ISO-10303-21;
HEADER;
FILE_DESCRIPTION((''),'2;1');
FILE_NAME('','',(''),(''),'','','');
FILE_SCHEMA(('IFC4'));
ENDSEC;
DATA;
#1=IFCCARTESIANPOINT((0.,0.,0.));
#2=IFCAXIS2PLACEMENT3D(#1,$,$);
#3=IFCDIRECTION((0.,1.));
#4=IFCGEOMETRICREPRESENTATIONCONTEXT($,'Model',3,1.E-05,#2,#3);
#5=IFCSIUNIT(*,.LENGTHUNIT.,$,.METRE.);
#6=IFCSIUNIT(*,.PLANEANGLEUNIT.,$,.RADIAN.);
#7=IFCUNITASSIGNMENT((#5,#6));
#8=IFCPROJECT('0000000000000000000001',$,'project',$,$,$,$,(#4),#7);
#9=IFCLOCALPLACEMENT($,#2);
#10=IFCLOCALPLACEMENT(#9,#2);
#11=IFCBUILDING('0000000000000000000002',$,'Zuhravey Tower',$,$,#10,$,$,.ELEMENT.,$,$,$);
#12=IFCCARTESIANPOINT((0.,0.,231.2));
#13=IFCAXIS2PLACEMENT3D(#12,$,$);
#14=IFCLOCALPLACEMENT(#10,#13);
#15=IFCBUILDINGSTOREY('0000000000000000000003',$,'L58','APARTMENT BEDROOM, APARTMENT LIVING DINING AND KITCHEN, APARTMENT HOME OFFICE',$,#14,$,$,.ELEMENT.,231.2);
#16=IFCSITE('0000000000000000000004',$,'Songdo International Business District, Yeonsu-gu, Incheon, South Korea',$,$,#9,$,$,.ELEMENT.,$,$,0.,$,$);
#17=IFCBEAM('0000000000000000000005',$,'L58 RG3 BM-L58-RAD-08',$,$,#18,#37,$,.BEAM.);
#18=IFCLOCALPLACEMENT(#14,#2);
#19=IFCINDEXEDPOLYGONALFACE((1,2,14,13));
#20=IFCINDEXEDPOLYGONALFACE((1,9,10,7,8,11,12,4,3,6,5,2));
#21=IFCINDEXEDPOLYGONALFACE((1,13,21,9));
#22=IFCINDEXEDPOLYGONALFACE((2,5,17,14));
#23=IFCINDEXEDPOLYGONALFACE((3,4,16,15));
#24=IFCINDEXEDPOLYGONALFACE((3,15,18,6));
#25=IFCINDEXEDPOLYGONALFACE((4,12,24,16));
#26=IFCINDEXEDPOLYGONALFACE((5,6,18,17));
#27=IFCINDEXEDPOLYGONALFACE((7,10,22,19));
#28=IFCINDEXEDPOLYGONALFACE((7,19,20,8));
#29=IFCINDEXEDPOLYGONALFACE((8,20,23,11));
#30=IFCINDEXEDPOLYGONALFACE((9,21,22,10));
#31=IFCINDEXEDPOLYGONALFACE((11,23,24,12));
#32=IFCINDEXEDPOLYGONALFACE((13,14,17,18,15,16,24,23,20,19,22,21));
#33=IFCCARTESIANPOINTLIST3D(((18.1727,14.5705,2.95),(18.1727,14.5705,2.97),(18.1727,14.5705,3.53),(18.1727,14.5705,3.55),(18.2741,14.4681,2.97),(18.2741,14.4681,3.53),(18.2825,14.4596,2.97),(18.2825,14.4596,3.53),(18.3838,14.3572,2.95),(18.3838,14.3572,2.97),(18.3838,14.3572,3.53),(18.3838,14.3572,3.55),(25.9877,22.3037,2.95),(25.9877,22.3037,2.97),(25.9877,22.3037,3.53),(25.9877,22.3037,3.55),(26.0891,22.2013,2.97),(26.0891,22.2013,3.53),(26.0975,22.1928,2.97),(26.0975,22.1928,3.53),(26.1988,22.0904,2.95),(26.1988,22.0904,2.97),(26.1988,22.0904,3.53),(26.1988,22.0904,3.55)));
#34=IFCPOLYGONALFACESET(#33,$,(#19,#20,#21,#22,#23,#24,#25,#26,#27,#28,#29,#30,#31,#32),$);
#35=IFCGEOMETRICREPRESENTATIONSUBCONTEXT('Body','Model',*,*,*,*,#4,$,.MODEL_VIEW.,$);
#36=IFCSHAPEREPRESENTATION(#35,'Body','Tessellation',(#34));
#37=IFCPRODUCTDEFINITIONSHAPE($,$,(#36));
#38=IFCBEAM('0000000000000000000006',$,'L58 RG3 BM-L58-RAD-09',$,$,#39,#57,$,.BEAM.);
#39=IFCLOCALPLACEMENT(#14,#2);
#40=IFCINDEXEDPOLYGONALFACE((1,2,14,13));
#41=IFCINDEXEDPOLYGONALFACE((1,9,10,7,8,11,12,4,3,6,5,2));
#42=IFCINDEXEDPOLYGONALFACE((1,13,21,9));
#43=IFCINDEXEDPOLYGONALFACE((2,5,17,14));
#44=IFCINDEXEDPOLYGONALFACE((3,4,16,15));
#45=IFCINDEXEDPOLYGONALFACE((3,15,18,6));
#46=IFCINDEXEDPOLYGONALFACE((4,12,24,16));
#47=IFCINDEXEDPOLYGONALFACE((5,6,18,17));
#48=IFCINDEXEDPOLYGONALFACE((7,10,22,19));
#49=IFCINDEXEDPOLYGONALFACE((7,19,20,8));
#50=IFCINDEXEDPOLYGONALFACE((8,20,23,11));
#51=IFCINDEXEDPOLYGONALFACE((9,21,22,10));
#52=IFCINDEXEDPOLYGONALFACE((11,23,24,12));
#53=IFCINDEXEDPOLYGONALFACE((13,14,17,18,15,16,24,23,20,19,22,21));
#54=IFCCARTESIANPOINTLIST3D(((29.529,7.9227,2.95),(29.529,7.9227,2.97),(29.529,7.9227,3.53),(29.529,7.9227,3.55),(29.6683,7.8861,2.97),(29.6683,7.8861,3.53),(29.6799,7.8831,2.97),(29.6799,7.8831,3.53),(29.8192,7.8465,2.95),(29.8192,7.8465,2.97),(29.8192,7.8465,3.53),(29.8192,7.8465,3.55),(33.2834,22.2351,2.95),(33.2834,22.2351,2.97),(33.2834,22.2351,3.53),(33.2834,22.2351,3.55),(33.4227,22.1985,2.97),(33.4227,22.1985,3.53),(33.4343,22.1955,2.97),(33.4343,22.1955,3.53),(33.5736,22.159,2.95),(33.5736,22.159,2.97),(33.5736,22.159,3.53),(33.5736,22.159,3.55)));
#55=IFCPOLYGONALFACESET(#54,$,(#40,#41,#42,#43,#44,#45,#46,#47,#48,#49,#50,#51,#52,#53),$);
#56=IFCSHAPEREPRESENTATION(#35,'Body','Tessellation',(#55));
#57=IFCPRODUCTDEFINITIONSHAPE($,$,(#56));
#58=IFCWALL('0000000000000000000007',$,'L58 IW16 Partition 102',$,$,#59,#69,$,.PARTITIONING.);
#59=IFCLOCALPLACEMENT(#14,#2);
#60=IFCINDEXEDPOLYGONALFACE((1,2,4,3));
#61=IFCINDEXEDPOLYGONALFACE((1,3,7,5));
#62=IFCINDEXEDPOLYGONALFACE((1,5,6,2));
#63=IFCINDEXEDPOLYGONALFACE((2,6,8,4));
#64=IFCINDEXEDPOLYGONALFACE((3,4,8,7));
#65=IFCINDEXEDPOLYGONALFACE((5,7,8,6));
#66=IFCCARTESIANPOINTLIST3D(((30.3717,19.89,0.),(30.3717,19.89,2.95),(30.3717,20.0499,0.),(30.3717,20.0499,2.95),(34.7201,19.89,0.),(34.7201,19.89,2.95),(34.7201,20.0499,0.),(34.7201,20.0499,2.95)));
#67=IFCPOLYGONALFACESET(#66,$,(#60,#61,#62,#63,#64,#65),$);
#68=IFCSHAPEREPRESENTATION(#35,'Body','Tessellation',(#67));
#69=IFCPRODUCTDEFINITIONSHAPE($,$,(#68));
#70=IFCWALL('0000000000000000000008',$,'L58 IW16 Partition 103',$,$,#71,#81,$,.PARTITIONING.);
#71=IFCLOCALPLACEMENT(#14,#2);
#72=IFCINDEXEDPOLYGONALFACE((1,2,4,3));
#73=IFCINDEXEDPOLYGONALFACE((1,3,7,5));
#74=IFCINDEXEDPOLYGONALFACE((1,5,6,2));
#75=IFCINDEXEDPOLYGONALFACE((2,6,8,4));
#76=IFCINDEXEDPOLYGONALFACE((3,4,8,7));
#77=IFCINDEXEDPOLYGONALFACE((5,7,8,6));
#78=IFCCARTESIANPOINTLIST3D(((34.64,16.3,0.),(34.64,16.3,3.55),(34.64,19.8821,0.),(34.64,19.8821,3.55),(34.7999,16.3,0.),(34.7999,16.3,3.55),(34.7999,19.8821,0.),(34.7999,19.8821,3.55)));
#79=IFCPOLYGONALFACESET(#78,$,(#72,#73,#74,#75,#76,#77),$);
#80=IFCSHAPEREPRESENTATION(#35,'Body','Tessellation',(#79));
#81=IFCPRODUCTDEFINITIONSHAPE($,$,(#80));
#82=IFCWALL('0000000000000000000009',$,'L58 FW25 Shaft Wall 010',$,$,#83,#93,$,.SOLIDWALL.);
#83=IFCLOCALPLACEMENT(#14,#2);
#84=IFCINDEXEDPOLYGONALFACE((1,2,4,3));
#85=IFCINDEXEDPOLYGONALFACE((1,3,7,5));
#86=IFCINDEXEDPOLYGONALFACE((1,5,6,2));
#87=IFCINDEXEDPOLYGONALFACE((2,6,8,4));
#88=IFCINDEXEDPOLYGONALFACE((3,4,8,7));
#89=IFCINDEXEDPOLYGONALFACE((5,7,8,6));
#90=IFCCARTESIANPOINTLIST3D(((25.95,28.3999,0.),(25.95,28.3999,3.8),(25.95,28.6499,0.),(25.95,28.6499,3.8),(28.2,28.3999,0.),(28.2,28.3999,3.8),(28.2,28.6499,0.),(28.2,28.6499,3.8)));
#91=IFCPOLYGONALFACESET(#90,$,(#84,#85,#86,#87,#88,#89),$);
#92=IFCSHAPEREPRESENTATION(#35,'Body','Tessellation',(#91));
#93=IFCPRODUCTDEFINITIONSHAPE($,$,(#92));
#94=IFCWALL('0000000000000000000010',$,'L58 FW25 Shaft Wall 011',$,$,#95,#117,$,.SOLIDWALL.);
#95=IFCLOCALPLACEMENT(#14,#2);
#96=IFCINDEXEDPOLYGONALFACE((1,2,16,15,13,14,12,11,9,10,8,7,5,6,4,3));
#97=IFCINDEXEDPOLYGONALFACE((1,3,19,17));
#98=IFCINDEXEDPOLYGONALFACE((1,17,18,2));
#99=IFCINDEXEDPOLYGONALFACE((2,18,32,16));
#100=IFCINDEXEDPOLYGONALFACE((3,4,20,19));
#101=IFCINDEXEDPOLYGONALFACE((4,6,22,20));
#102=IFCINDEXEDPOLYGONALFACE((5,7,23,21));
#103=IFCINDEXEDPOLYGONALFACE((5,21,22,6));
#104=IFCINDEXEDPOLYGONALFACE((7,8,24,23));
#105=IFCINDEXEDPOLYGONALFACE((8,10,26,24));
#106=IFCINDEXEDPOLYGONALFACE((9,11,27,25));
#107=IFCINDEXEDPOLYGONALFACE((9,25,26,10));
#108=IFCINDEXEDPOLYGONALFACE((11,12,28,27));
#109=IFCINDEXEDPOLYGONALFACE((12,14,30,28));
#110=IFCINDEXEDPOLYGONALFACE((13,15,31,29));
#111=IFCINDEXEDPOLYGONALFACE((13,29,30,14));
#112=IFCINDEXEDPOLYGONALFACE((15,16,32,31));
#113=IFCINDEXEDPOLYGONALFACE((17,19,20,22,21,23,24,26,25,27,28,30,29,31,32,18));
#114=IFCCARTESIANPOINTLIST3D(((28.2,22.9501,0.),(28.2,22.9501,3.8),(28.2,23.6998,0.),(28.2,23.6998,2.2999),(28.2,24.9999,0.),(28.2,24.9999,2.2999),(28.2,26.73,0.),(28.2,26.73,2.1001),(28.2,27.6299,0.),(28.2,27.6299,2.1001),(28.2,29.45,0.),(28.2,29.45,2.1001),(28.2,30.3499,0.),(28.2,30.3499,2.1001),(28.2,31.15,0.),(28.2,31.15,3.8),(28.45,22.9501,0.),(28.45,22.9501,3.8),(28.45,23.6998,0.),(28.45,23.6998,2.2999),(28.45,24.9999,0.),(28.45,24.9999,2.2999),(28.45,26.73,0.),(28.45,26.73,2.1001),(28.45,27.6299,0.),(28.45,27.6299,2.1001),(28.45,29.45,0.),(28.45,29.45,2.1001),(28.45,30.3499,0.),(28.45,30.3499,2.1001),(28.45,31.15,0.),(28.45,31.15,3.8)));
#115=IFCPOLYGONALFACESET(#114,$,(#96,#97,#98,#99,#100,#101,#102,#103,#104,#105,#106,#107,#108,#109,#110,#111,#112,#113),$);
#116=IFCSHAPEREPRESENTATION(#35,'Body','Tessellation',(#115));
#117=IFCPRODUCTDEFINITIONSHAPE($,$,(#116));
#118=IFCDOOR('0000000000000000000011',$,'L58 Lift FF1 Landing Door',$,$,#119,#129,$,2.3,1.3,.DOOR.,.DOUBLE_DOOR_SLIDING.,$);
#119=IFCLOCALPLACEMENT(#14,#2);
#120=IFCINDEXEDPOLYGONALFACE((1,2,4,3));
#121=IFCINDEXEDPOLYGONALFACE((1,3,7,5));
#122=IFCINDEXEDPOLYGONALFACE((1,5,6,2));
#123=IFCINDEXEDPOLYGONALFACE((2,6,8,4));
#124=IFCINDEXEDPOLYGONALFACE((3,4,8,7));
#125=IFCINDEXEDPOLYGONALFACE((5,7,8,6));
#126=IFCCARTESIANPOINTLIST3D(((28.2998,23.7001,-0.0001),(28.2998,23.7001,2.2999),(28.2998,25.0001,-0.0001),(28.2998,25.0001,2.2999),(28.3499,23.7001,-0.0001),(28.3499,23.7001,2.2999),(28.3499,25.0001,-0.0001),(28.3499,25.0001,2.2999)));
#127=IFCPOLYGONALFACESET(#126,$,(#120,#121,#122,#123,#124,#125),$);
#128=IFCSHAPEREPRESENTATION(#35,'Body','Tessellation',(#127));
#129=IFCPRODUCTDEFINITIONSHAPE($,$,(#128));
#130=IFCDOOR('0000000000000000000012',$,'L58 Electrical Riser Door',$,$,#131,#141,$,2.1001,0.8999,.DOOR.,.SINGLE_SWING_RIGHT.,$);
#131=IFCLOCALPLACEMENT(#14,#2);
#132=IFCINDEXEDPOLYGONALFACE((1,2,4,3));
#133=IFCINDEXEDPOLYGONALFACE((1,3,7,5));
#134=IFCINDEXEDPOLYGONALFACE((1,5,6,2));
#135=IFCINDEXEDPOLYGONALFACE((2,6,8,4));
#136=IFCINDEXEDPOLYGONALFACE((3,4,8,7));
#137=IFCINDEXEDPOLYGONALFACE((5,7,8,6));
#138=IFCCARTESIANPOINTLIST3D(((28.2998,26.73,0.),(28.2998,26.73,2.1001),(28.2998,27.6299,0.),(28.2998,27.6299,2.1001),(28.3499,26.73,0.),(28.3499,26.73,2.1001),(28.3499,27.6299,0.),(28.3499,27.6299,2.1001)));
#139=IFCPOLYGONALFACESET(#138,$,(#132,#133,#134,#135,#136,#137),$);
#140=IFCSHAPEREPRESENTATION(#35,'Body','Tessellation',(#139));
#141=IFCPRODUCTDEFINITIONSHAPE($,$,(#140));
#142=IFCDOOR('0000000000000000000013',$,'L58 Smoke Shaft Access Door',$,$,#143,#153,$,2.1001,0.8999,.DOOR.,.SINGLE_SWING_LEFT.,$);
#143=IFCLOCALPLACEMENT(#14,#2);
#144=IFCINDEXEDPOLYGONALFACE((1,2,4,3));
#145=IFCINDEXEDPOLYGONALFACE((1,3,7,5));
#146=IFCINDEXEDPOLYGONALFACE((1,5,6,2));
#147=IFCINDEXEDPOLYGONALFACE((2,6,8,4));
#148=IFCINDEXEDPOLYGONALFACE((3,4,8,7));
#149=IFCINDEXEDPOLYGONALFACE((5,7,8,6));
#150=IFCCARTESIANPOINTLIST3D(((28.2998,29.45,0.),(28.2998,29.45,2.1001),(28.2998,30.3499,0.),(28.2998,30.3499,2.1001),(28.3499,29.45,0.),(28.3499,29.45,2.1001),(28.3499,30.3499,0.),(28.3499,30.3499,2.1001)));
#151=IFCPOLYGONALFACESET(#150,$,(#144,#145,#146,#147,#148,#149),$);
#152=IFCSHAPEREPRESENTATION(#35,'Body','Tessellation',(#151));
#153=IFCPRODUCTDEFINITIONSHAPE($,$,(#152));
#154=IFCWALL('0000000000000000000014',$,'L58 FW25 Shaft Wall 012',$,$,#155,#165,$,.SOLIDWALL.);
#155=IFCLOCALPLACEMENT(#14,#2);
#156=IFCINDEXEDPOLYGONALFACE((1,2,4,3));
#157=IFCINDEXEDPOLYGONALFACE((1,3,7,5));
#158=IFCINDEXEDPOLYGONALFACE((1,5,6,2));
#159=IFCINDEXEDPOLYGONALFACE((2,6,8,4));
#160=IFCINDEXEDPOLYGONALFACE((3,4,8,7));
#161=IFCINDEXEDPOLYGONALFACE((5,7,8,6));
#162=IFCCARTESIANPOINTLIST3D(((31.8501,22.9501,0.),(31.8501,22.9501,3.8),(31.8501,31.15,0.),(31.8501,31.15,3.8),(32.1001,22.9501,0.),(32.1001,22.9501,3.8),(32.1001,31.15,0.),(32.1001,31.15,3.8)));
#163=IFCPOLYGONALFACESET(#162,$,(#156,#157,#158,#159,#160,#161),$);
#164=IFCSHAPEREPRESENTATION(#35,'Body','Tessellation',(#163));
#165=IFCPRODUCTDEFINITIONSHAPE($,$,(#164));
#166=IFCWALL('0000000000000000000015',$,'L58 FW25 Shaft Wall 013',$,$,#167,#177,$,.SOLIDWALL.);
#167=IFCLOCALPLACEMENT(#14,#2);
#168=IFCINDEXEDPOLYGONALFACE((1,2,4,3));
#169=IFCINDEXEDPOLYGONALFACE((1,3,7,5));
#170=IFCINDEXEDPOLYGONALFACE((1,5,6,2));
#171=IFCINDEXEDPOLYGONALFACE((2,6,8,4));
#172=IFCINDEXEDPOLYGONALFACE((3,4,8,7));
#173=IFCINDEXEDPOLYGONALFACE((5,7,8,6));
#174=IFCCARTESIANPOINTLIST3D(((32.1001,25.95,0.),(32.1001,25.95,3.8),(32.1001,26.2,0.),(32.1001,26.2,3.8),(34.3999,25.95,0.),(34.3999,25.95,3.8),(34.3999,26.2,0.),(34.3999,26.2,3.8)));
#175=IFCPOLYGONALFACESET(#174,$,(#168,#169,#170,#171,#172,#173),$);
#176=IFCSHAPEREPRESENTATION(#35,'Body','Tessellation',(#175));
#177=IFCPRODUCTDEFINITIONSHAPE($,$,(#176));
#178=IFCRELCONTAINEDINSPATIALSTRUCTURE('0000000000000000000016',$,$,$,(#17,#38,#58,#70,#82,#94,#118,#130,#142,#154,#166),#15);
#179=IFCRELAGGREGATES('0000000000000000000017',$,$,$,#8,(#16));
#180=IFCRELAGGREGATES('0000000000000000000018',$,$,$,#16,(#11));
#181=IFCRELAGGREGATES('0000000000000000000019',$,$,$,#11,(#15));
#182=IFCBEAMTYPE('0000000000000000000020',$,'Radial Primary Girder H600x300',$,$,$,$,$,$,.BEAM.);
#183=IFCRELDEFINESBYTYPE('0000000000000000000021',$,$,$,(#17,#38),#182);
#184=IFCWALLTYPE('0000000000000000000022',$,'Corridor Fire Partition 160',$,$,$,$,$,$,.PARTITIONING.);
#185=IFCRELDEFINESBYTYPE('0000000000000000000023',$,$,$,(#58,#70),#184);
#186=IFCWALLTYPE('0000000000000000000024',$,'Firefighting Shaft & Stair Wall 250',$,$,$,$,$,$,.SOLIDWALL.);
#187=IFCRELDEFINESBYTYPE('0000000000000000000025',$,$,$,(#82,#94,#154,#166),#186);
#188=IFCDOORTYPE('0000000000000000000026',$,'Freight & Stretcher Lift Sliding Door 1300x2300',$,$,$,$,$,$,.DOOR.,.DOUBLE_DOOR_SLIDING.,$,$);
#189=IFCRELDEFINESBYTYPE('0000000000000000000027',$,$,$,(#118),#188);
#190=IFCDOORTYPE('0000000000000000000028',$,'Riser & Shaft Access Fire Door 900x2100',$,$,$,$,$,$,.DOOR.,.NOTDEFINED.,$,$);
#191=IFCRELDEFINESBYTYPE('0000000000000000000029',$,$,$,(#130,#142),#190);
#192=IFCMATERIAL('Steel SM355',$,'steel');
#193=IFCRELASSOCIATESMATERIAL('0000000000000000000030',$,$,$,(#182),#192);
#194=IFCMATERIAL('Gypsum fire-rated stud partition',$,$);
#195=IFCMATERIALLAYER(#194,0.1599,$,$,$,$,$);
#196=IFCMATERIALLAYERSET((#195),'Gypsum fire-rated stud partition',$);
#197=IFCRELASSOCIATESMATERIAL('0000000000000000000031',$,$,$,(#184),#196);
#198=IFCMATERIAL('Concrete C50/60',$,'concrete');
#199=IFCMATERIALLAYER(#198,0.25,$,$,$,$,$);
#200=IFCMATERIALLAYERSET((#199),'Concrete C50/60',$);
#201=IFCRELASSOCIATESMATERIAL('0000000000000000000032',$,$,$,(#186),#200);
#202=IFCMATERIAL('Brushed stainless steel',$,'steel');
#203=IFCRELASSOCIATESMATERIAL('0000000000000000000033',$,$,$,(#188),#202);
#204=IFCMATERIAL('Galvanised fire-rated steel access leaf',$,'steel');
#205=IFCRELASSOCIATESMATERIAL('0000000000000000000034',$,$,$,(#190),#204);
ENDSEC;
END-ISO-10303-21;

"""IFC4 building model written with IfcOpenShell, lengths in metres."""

from ifc_helpers import new_model, si_unit, direction, frame, frame_2d, origin, origin_2d, place, context, subcontext, project, spatial, rectangle, i_section, extrude, material, layer, layer_set, material_profile, profile_set, type_object, element, fill, save


model = new_model("IFC4")

# Units and contexts
model_context = context("Model", 3, precision=1e-05, world=origin(), true_north=direction((0.0, 1.0)))
body_context = subcontext(model_context, "Body", "Model", "MODEL_VIEW")
ifc_project = project(units=[si_unit("LENGTHUNIT", "METRE"), si_unit("PLANEANGLEUNIT", "RADIAN")], contexts=[model_context])

# Site, building, storey
site_placement = place(None, origin())
site = spatial("IfcSite", under=ifc_project, at=site_placement, Name="Songdo International Business District, Yeonsu-gu, Incheon, South Korea", CompositionType="ELEMENT", RefElevation=0.0)
building_placement = place(site_placement, origin())
building = spatial("IfcBuilding", under=site, at=building_placement, Name="Zuhravey Tower", CompositionType="ELEMENT")
storey_placement = place(building_placement, frame((0.0, 0.0, 231.2)))
storey = spatial("IfcBuildingStorey", under=building, at=storey_placement, Name="L58", Description="APARTMENT BEDROOM, APARTMENT LIVING DINING AND KITCHEN, APARTMENT HOME OFFICE", CompositionType="ELEMENT", Elevation=231.2)

# Beams
ifc_material_1 = material(Name="Steel SM355", Category="steel")
ifc_material_profile = material_profile(ifc_material_1, i_section(OverallWidth=0.3, OverallDepth=0.6001, WebThickness=0.012, FlangeThickness=0.02, at=origin_2d()), Name="H-600x300x12x20")
ifc_profile_set = profile_set([ifc_material_profile], Name="Steel SM355")
beam_type = type_object("IfcBeamType", Name="Radial Primary Girder H600x300", PredefinedType="BEAM", material=ifc_profile_set)
beam_1_placement = place(storey_placement, frame((26.0933, 22.197, 3.25), z_axis=(-0.710817, -0.703377, 0.0), x_axis=(0.703377, -0.710817, 0.0)))
element("IfcBeam", 1, at=beam_1_placement, inside=storey, type_object=beam_type, Name="L58 RG3 BM-L58-RAD-08", PredefinedType="BEAM", context=body_context, shape_type="SweptSolid", body=[
    extrude(i_section(OverallWidth=0.3, OverallDepth=0.6001, WebThickness=0.012, FlangeThickness=0.02, at=origin_2d()), origin(), (0.0, 0.0, 1.0), 10.9944),
])
beam_2_placement = place(storey_placement, frame((33.4285, 22.197, 3.25), z_axis=(-0.253731, -0.967275, 0.0), x_axis=(0.967275, -0.253731, 0.0)))
element("IfcBeam", 2, at=beam_2_placement, inside=storey, type_object=beam_type, Name="L58 RG3 BM-L58-RAD-09", PredefinedType="BEAM", context=body_context, shape_type="SweptSolid", body=[
    extrude(i_section(OverallWidth=0.3, OverallDepth=0.6001, WebThickness=0.012, FlangeThickness=0.02, at=origin_2d()), origin(), (0.0, 0.0, 1.0), 14.7966),
])

# Walls
ifc_material_2 = material(Name="Gypsum fire-rated stud partition")
ifc_layer_1 = layer(ifc_material_2, 0.1599)
ifc_layer_set_1 = layer_set([ifc_layer_1], Name="Gypsum fire-rated stud partition")
wall_type_1 = type_object("IfcWallType", Name="Corridor Fire Partition 160", PredefinedType="PARTITIONING", material=ifc_layer_set_1)
wall_1_placement = place(storey_placement, frame((30.3716, 19.97, 0.0), z_axis=(0.0, 0.0, 1.0), x_axis=(1.0, 0.0, 0.0)))
element("IfcWall", 3, at=wall_1_placement, inside=storey, type_object=wall_type_1, Name="L58 IW16 Partition 102", PredefinedType="PARTITIONING", context=body_context, shape_type="SweptSolid", body=[
    extrude(rectangle(XDim=4.3484, YDim=0.1599, at=frame_2d((2.1743, 0.0))), origin(), (0.0, 0.0, 1.0), 2.95),
])
wall_2_placement = place(storey_placement, frame((34.72, 19.8821, 0.0), z_axis=(0.0, 0.0, 1.0), x_axis=(0.0, -1.0, 0.0)))
element("IfcWall", 4, at=wall_2_placement, inside=storey, type_object=wall_type_1, Name="L58 IW16 Partition 103", PredefinedType="PARTITIONING", context=body_context, shape_type="SweptSolid", body=[
    extrude(rectangle(XDim=3.582, YDim=0.1599, at=frame_2d((1.791, 0.0))), origin(), (0.0, 0.0, 1.0), 3.55),
])
ifc_material_3 = material(Name="Concrete C50/60", Category="concrete")
ifc_layer_2 = layer(ifc_material_3, 0.25)
ifc_layer_set_2 = layer_set([ifc_layer_2], Name="Concrete C50/60")
wall_type_2 = type_object("IfcWallType", Name="Firefighting Shaft & Stair Wall 250", PredefinedType="SOLIDWALL", material=ifc_layer_set_2)
wall_3_placement = place(storey_placement, frame((25.95, 28.5249, 0.0), z_axis=(0.0, 0.0, 1.0), x_axis=(1.0, 0.0, 0.0)))
element("IfcWall", 5, at=wall_3_placement, inside=storey, type_object=wall_type_2, Name="L58 FW25 Shaft Wall 010", PredefinedType="SOLIDWALL", context=body_context, shape_type="SweptSolid", body=[
    extrude(rectangle(XDim=2.25, YDim=0.25, at=frame_2d((1.125, 0.0))), origin(), (0.0, 0.0, 1.0), 3.8),
])

# Wall, openings, doors
wall_4_placement = place(storey_placement, frame((28.325, 22.95, 0.0), z_axis=(0.0, 0.0, 1.0), x_axis=(0.0, 1.0, 0.0)))
wall_4 = element("IfcWall", 6, at=wall_4_placement, inside=storey, type_object=wall_type_2, Name="L58 FW25 Shaft Wall 011", PredefinedType="SOLIDWALL", context=body_context, shape_type="SweptSolid", body=[
    extrude(rectangle(XDim=8.2, YDim=0.25, at=frame_2d((4.1001, 0.0))), origin(), (0.0, 0.0, 1.0), 3.8),
])
opening_1_placement = place(wall_4_placement, frame((0.75, 0.0, 0.0)))
opening_1 = element("IfcOpeningElement", 7, at=opening_1_placement, cuts=wall_4, PredefinedType="OPENING", context=body_context, shape_type="SweptSolid", body=[
    extrude(rectangle(XDim=1.3, YDim=2.3, at=frame_2d((0.6499, 1.1499))), frame((0.0, 0.137, 0.0), z_axis=(0.0, -1.0, 0.0), x_axis=(1.0, 0.0, 0.0)), (0.0, 0.0, 1.0), 0.2739),
])
opening_2_placement = place(wall_4_placement, frame((3.78, 0.0, 0.0)))
opening_2 = element("IfcOpeningElement", 8, at=opening_2_placement, cuts=wall_4, PredefinedType="OPENING", context=body_context, shape_type="SweptSolid", body=[
    extrude(rectangle(XDim=0.8999, YDim=2.1001, at=frame_2d((0.45, 1.05))), frame((0.0, 0.137, 0.0), z_axis=(0.0, -1.0, 0.0), x_axis=(1.0, 0.0, 0.0)), (0.0, 0.0, 1.0), 0.2739),
])
opening_3_placement = place(wall_4_placement, frame((6.5, 0.0, 0.0)))
opening_3 = element("IfcOpeningElement", 9, at=opening_3_placement, cuts=wall_4, PredefinedType="OPENING", context=body_context, shape_type="SweptSolid", body=[
    extrude(rectangle(XDim=0.8999, YDim=2.1001, at=frame_2d((0.45, 1.05))), frame((0.0, 0.137, 0.0), z_axis=(0.0, -1.0, 0.0), x_axis=(1.0, 0.0, 0.0)), (0.0, 0.0, 1.0), 0.2739),
])
ifc_material_4 = material(Name="Brushed stainless steel", Category="steel")
door_type_1 = type_object("IfcDoorType", Name="Freight & Stretcher Lift Sliding Door 1300x2300", OperationType="DOUBLE_DOOR_SLIDING", PredefinedType="DOOR", material=ifc_material_4)
door_1_placement = place(opening_1_placement, frame((1.3, 0.0, 0.0), z_axis=(0.0, 0.0, 1.0), x_axis=(-1.0, 0.0, 0.0)))
door_1 = element("IfcDoor", 10, at=door_1_placement, inside=storey, type_object=door_type_1, Name="L58 Lift FF1 Landing Door", OperationType="DOUBLE_DOOR_SLIDING", OverallHeight=2.3, OverallWidth=1.3, PredefinedType="DOOR", context=body_context, shape_type="SweptSolid", body=[
    extrude(rectangle(XDim=1.3, YDim=2.3, at=frame_2d((0.6499, 1.1499))), frame((0.0, 0.0249, 0.0), z_axis=(0.0, -1.0, 0.0), x_axis=(1.0, 0.0, 0.0)), (0.0, 0.0, 1.0), 0.05),
])
fill(opening_1, door_1)
ifc_material_5 = material(Name="Galvanised fire-rated steel access leaf", Category="steel")
door_type_2 = type_object("IfcDoorType", Name="Riser & Shaft Access Fire Door 900x2100", OperationType="NOTDEFINED", PredefinedType="DOOR", material=ifc_material_5)
door_2_placement = place(opening_2_placement, frame((0.8999, 0.0, 0.0), z_axis=(0.0, 0.0, 1.0), x_axis=(-1.0, 0.0, 0.0)))
door_2 = element("IfcDoor", 11, at=door_2_placement, inside=storey, type_object=door_type_2, Name="L58 Electrical Riser Door", OperationType="SINGLE_SWING_RIGHT", OverallHeight=2.1001, OverallWidth=0.8999, PredefinedType="DOOR", context=body_context, shape_type="SweptSolid", body=[
    extrude(rectangle(XDim=0.8999, YDim=2.1001, at=frame_2d((0.45, 1.05))), frame((0.0, 0.0249, 0.0), z_axis=(0.0, -1.0, 0.0), x_axis=(1.0, 0.0, 0.0)), (0.0, 0.0, 1.0), 0.05),
])
fill(opening_2, door_2)
door_3_placement = place(opening_3_placement, frame((0.8999, 0.0, 0.0), z_axis=(0.0, 0.0, 1.0), x_axis=(-1.0, 0.0, 0.0)))
door_3 = element("IfcDoor", 12, at=door_3_placement, inside=storey, type_object=door_type_2, Name="L58 Smoke Shaft Access Door", OperationType="SINGLE_SWING_LEFT", OverallHeight=2.1001, OverallWidth=0.8999, PredefinedType="DOOR", context=body_context, shape_type="SweptSolid", body=[
    extrude(rectangle(XDim=0.8999, YDim=2.1001, at=frame_2d((0.45, 1.05))), frame((0.0, 0.0249, 0.0), z_axis=(0.0, -1.0, 0.0), x_axis=(1.0, 0.0, 0.0)), (0.0, 0.0, 1.0), 0.05),
])
fill(opening_3, door_3)

# Walls
wall_5_placement = place(storey_placement, frame((31.9751, 22.95, 0.0), z_axis=(0.0, 0.0, 1.0), x_axis=(0.0, 1.0, 0.0)))
element("IfcWall", 13, at=wall_5_placement, inside=storey, type_object=wall_type_2, Name="L58 FW25 Shaft Wall 012", PredefinedType="SOLIDWALL", context=body_context, shape_type="SweptSolid", body=[
    extrude(rectangle(XDim=8.2, YDim=0.25, at=frame_2d((4.1001, 0.0))), origin(), (0.0, 0.0, 1.0), 3.8),
])
wall_6_placement = place(storey_placement, frame((32.1001, 26.075, 0.0), z_axis=(0.0, 0.0, 1.0), x_axis=(1.0, 0.0, 0.0)))
element("IfcWall", 14, at=wall_6_placement, inside=storey, type_object=wall_type_2, Name="L58 FW25 Shaft Wall 013", PredefinedType="SOLIDWALL", context=body_context, shape_type="SweptSolid", body=[
    extrude(rectangle(XDim=2.2998, YDim=0.25, at=frame_2d((1.1499, 0.0))), origin(), (0.0, 0.0, 1.0), 3.8),
])

save(model, "model.ifc")
